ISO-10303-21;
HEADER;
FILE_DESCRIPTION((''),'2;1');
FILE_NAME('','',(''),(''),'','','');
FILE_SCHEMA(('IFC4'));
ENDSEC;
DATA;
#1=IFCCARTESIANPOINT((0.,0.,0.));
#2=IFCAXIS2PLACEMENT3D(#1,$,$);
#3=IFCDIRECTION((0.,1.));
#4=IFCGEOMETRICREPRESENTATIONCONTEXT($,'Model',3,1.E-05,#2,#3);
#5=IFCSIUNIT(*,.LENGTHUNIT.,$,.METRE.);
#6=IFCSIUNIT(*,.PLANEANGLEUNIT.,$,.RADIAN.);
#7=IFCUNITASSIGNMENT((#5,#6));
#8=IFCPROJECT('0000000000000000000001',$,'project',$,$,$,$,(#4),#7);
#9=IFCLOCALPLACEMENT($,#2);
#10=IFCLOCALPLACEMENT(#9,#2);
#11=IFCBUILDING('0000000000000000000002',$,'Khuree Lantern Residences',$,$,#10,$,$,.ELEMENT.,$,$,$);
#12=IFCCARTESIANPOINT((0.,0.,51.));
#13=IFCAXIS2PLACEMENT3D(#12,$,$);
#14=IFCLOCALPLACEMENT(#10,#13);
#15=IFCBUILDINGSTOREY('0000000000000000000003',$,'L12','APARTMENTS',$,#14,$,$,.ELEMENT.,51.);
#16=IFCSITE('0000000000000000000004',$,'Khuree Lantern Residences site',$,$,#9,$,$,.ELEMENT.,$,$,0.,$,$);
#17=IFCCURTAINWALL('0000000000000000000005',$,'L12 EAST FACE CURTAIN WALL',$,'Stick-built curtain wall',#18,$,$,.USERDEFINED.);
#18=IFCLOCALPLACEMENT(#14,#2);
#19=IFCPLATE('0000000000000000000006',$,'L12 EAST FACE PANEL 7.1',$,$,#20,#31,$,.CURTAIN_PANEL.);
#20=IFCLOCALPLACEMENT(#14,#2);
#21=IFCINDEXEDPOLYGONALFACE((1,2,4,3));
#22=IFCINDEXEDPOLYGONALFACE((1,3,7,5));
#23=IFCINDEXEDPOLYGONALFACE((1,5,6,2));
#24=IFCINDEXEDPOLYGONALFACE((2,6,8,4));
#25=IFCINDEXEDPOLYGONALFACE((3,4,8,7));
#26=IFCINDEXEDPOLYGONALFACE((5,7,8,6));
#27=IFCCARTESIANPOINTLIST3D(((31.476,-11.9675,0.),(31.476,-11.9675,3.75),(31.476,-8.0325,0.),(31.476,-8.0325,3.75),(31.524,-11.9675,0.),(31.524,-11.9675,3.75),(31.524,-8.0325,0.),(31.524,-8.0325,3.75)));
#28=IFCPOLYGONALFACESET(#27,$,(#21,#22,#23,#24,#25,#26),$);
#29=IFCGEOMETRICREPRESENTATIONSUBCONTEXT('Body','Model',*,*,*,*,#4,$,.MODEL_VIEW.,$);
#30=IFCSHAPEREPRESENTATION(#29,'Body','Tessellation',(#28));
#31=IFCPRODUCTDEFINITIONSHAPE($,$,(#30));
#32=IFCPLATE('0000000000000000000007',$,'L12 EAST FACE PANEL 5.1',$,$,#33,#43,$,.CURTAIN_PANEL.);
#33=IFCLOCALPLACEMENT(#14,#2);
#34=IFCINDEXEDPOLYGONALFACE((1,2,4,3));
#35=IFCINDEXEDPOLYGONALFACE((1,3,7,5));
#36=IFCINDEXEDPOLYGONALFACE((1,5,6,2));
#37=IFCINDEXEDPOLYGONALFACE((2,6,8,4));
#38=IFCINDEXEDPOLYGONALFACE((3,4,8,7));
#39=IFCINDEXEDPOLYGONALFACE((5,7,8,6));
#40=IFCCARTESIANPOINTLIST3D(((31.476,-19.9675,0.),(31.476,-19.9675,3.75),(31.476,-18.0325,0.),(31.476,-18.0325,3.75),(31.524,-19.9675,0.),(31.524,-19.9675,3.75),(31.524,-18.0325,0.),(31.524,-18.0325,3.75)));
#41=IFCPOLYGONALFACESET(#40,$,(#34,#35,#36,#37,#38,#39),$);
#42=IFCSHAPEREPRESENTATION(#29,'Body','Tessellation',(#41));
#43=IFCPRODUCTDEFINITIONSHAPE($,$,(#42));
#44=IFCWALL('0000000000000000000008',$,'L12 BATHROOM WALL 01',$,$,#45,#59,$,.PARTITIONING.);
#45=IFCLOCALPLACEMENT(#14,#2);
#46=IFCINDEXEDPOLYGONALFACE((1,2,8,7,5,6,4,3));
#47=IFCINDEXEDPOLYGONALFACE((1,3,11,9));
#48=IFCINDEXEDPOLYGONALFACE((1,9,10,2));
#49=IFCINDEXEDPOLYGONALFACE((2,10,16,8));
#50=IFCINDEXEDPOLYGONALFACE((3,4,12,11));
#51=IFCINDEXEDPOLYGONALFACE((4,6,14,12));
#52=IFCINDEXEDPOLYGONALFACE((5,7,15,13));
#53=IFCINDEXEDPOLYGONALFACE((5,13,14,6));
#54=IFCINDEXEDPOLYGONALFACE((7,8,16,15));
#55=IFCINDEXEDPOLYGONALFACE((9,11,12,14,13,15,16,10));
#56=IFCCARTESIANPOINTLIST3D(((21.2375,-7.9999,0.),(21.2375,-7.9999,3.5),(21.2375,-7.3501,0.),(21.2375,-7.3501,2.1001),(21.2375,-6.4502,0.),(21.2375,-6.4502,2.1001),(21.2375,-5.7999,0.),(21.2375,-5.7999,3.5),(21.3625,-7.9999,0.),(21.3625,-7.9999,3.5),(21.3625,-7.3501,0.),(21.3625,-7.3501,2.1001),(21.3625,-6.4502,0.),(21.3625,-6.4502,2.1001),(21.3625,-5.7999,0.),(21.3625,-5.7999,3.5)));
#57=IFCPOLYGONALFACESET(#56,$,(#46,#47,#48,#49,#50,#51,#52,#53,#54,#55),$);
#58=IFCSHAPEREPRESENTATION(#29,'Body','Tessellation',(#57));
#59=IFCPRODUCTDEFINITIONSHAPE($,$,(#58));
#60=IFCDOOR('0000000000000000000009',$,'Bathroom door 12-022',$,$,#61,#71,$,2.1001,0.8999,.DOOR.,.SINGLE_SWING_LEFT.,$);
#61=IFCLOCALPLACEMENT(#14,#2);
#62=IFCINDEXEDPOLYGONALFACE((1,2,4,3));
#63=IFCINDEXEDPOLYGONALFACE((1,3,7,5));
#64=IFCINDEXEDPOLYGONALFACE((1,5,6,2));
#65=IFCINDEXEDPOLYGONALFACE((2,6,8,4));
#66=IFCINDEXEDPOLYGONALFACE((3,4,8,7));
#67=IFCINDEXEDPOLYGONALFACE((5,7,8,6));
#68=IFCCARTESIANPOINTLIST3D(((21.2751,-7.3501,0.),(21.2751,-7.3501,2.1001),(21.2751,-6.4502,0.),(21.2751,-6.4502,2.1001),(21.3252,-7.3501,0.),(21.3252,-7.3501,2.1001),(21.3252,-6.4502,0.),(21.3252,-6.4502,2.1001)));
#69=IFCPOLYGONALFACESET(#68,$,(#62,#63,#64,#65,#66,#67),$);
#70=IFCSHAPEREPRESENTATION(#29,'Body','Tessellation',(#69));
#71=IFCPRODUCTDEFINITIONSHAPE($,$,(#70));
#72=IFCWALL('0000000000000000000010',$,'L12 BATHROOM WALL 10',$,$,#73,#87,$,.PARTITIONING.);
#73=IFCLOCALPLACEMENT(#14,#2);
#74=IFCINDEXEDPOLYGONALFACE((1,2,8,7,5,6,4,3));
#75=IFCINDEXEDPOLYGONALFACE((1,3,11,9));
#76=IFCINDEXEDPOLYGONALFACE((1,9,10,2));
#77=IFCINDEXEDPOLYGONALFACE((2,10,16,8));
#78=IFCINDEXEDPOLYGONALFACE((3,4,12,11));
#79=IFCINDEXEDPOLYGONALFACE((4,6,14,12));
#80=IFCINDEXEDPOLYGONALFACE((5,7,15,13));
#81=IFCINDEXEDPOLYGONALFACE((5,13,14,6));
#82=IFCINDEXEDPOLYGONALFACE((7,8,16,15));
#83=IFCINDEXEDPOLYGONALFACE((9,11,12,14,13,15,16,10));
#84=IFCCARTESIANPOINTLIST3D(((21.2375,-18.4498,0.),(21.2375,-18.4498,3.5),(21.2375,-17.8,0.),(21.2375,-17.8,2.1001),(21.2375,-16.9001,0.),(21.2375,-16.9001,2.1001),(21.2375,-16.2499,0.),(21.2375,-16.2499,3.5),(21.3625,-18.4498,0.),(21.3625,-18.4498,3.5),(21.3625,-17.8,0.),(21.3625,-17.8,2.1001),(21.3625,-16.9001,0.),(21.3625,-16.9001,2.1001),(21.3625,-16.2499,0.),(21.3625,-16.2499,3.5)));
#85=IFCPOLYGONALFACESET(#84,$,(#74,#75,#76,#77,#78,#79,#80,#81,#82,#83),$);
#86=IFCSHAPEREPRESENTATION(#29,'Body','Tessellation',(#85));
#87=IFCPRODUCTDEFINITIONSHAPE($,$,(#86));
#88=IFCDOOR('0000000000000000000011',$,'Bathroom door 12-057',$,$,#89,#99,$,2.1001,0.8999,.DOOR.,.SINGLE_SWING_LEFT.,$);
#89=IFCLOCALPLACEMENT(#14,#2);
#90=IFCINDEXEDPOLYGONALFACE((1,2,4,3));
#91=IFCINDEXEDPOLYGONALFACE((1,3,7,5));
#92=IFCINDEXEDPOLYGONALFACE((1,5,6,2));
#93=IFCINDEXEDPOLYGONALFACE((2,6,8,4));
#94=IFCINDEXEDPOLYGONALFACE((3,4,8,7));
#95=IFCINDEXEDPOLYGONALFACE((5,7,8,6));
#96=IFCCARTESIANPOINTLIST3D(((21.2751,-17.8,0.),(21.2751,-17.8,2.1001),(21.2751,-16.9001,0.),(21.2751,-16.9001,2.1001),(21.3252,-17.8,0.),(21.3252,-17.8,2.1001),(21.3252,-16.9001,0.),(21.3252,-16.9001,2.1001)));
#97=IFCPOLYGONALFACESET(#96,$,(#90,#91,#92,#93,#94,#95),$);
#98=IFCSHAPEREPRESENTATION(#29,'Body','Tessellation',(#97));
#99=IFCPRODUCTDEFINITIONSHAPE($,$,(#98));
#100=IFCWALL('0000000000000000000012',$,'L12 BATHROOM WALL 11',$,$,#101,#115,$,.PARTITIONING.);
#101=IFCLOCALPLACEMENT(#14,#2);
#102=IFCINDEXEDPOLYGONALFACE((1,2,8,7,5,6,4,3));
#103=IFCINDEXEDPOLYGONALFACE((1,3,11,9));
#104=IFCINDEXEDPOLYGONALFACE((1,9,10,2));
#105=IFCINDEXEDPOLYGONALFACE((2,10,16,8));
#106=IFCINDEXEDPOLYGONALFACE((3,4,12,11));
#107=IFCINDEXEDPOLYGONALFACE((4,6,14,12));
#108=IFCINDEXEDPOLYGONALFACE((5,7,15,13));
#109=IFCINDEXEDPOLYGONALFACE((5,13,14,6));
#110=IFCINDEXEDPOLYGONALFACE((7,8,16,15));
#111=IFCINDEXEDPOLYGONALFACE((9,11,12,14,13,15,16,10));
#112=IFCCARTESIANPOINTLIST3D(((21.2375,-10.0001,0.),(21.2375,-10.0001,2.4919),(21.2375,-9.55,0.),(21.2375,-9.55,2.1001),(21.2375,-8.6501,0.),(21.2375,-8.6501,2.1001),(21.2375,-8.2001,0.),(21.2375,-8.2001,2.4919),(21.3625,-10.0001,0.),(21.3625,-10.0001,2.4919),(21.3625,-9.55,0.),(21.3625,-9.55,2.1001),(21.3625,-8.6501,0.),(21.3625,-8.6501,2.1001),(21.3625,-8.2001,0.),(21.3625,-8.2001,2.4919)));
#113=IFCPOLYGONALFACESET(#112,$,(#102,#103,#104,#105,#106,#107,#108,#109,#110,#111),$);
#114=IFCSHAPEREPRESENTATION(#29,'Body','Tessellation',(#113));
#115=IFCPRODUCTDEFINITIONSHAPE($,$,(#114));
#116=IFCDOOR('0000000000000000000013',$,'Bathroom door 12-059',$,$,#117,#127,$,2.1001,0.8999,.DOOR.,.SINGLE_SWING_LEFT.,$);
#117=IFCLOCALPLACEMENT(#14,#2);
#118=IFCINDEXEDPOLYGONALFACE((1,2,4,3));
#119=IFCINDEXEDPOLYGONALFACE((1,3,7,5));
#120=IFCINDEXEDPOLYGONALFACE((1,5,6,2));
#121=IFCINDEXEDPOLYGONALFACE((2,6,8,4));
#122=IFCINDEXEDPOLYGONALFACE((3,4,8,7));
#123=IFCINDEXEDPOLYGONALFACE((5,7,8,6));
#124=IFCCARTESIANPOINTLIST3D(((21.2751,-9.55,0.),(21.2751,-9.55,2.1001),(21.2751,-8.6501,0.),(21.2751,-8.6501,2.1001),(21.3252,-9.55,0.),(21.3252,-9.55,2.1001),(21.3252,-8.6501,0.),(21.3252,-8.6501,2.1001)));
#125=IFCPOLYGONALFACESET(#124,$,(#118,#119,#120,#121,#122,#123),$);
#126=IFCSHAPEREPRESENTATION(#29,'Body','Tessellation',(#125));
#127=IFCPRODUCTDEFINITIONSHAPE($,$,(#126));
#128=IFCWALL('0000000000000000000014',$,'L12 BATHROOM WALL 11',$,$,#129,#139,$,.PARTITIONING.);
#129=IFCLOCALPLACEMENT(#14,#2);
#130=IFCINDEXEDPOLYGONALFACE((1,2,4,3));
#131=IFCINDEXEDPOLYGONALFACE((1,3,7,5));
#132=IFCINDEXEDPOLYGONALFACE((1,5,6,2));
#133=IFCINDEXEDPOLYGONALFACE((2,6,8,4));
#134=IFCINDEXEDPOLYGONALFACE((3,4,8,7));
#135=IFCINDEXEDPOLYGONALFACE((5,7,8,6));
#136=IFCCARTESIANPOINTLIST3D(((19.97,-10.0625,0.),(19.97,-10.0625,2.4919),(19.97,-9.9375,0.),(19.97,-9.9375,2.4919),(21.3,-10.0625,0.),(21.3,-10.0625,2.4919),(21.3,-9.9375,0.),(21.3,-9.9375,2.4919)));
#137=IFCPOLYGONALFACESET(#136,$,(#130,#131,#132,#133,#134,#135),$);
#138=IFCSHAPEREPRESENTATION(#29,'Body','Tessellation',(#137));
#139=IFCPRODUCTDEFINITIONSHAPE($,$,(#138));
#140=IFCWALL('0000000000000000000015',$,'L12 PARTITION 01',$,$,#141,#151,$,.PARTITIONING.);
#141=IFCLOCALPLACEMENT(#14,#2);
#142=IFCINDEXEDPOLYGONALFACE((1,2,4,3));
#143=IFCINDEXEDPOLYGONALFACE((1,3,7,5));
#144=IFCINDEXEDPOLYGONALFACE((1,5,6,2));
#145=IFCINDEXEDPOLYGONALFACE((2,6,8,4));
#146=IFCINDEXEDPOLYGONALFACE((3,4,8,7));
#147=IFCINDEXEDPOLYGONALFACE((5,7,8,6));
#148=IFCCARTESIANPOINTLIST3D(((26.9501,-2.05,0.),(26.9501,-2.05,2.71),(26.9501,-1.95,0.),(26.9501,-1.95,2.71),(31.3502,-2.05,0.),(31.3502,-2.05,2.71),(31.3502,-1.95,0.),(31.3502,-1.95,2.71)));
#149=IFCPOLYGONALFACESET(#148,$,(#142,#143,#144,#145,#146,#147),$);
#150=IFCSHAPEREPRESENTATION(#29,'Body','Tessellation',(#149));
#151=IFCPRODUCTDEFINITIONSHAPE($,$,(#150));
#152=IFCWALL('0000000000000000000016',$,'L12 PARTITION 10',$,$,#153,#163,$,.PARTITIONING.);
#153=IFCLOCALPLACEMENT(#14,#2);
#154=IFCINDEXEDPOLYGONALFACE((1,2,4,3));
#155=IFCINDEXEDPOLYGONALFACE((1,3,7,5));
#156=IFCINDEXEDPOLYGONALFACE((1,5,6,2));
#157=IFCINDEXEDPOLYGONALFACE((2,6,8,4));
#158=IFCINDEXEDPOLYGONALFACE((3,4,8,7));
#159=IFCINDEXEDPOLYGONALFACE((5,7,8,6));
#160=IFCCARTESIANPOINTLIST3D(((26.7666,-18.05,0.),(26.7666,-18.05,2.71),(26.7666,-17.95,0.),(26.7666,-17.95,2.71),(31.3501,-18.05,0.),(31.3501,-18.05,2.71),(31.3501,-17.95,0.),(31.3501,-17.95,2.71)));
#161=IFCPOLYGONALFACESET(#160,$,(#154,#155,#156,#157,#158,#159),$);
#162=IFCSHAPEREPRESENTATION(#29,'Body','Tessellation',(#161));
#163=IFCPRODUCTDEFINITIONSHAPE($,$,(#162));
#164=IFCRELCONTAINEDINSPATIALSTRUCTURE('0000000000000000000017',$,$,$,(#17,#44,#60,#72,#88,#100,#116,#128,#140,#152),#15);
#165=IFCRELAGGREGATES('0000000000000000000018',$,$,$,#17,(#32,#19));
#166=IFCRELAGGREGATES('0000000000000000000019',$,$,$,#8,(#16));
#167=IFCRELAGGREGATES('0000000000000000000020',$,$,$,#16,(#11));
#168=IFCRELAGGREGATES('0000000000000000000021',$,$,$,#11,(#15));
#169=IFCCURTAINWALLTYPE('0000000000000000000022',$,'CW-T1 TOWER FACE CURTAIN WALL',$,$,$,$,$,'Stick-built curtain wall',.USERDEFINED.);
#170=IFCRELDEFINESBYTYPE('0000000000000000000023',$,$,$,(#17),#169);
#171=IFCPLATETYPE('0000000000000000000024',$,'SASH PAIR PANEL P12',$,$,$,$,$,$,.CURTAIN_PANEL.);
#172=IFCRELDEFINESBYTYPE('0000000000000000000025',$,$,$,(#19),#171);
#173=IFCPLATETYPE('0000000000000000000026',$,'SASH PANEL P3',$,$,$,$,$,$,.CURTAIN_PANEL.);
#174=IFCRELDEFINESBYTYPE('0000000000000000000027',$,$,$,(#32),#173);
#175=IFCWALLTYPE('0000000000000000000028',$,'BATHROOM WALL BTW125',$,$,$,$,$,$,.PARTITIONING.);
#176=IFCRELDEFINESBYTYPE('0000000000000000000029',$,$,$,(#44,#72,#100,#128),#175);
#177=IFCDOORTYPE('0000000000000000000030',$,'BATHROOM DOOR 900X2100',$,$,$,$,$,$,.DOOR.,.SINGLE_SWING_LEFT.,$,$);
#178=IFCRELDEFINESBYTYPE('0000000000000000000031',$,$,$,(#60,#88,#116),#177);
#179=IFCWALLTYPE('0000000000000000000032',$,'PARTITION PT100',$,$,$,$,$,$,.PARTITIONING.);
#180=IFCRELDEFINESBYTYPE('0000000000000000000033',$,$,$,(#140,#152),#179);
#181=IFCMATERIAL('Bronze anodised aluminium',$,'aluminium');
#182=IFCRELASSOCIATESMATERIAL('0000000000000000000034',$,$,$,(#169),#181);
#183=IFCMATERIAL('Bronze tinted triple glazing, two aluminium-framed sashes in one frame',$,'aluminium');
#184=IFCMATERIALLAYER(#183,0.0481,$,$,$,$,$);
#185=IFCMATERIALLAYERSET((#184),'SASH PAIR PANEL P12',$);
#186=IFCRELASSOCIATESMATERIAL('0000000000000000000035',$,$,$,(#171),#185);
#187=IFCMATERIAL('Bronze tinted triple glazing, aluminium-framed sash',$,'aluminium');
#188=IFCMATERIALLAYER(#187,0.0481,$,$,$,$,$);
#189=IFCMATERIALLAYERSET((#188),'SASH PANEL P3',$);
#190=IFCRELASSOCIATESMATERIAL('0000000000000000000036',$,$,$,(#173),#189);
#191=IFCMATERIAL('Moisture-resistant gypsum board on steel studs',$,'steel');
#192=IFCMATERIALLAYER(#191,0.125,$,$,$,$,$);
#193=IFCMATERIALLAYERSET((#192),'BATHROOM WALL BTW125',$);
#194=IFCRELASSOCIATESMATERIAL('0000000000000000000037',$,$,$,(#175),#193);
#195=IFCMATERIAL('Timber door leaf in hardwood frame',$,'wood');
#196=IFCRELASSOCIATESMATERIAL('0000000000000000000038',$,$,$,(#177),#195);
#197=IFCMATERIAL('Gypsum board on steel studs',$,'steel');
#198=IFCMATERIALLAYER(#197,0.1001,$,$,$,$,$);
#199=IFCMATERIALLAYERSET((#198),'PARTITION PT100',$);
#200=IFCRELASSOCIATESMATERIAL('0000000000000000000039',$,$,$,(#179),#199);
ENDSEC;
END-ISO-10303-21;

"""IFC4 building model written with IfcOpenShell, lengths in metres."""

from ifc_helpers import new_model, si_unit, direction, frame, frame_2d, origin, origin_2d, place, context, subcontext, project, spatial, rectangle, extrude, material, layer, layer_set, type_object, element, fill, aggregate, save


model = new_model("IFC4")

# Units and contexts
model_context = context("Model", 3, precision=1e-05, world=origin(), true_north=direction((0.0, 1.0)))
body_context = subcontext(model_context, "Body", "Model", "MODEL_VIEW")
ifc_project = project(units=[si_unit("LENGTHUNIT", "METRE"), si_unit("PLANEANGLEUNIT", "RADIAN")], contexts=[model_context])

# Site, building, storey
site_placement = place(None, origin())
site = spatial("IfcSite", under=ifc_project, at=site_placement, Name="Khuree Lantern Residences site", CompositionType="ELEMENT", RefElevation=0.0)
building_placement = place(site_placement, origin())
building = spatial("IfcBuilding", under=site, at=building_placement, Name="Khuree Lantern Residences", CompositionType="ELEMENT")
storey_placement = place(building_placement, frame((0.0, 0.0, 51.0)))
storey = spatial("IfcBuildingStorey", under=building, at=storey_placement, Name="L12", Description="APARTMENTS", CompositionType="ELEMENT", Elevation=51.0)

# Curtain wall
ifc_material_1 = material(Name="Bronze anodised aluminium", Category="aluminium")
curtain_wall_type = type_object("IfcCurtainWallType", Name="CW-T1 TOWER FACE CURTAIN WALL", ElementType="Stick-built curtain wall", PredefinedType="USERDEFINED", material=ifc_material_1)
curtain_wall_placement = place(storey_placement, origin())
curtain_wall = element("IfcCurtainWall", 1, at=curtain_wall_placement, inside=storey, type_object=curtain_wall_type, Name="L12 EAST FACE CURTAIN WALL", ObjectType="Stick-built curtain wall", PredefinedType="USERDEFINED")

# Plates
ifc_material_2 = material(Name="Bronze tinted triple glazing, two aluminium-framed sashes in one frame", Category="aluminium")
ifc_layer_1 = layer(ifc_material_2, 0.0481)
ifc_layer_set_1 = layer_set([ifc_layer_1], Name="SASH PAIR PANEL P12")
plate_type_1 = type_object("IfcPlateType", Name="SASH PAIR PANEL P12", PredefinedType="CURTAIN_PANEL", material=ifc_layer_set_1)
plate_1_placement = place(storey_placement, frame((31.5, -10.0, 0.0), z_axis=(0.0, 0.0, 1.0), x_axis=(0.0, 1.0, 0.0)))
plate_1 = element("IfcPlate", 2, at=plate_1_placement, type_object=plate_type_1, Name="L12 EAST FACE PANEL 7.1", PredefinedType="CURTAIN_PANEL", context=body_context, shape_type="SweptSolid", body=[
    extrude(rectangle(XDim=3.9351, YDim=0.0481, at=origin_2d()), origin(), (0.0, 0.0, 1.0), 3.75),
])
ifc_material_3 = material(Name="Bronze tinted triple glazing, aluminium-framed sash", Category="aluminium")
ifc_layer_2 = layer(ifc_material_3, 0.0481)
ifc_layer_set_2 = layer_set([ifc_layer_2], Name="SASH PANEL P3")
plate_type_2 = type_object("IfcPlateType", Name="SASH PANEL P3", PredefinedType="CURTAIN_PANEL", material=ifc_layer_set_2)
plate_2_placement = place(storey_placement, frame((31.5, -19.0, 0.0), z_axis=(0.0, 0.0, 1.0), x_axis=(0.0, 1.0, 0.0)))
plate_2 = element("IfcPlate", 3, at=plate_2_placement, type_object=plate_type_2, Name="L12 EAST FACE PANEL 5.1", PredefinedType="CURTAIN_PANEL", context=body_context, shape_type="SweptSolid", body=[
    extrude(rectangle(XDim=1.9351, YDim=0.0481, at=origin_2d()), origin(), (0.0, 0.0, 1.0), 3.75),
])
aggregate(curtain_wall, [plate_2, plate_1])

# Walls, openings, doors
ifc_material_4 = material(Name="Moisture-resistant gypsum board on steel studs", Category="steel")
ifc_layer_3 = layer(ifc_material_4, 0.125)
ifc_layer_set_3 = layer_set([ifc_layer_3], Name="BATHROOM WALL BTW125")
wall_type_1 = type_object("IfcWallType", Name="BATHROOM WALL BTW125", PredefinedType="PARTITIONING", material=ifc_layer_set_3)
wall_1_placement = place(storey_placement, frame((21.3, -8.0, 0.0), z_axis=(0.0, 0.0, 1.0), x_axis=(0.0, 1.0, 0.0)))
wall_1 = element("IfcWall", 4, at=wall_1_placement, inside=storey, type_object=wall_type_1, Name="L12 BATHROOM WALL 01", PredefinedType="PARTITIONING", context=body_context, shape_type="SweptSolid", body=[
    extrude(rectangle(XDim=2.2, YDim=0.125, at=frame_2d((1.1001, 0.0))), origin(), (0.0, 0.0, 1.0), 3.5),
])
opening_1_placement = place(wall_1_placement, frame((0.6499, 0.0, 0.0)))
opening_1 = element("IfcOpeningElement", 5, at=opening_1_placement, cuts=wall_1, PredefinedType="OPENING", context=body_context, shape_type="SweptSolid", body=[
    extrude(rectangle(XDim=0.8999, YDim=2.1001, at=frame_2d((0.45, 1.05))), frame((0.0, 0.0725, 0.0), z_axis=(0.0, -1.0, 0.0), x_axis=(1.0, 0.0, 0.0)), (0.0, 0.0, 1.0), 0.145),
])
ifc_material_5 = material(Name="Timber door leaf in hardwood frame", Category="wood")
door_type_1 = type_object("IfcDoorType", Name="BATHROOM DOOR 900X2100", OperationType="SINGLE_SWING_LEFT", PredefinedType="DOOR", material=ifc_material_5)
door_1_placement = place(opening_1_placement, origin())
door_1 = element("IfcDoor", 6, at=door_1_placement, inside=storey, type_object=door_type_1, Name="Bathroom door 12-022", OperationType="SINGLE_SWING_LEFT", OverallHeight=2.1001, OverallWidth=0.8999, PredefinedType="DOOR", context=body_context, shape_type="SweptSolid", body=[
    extrude(rectangle(XDim=0.8999, YDim=2.1001, at=frame_2d((0.45, 1.05))), frame((0.0, 0.0249, 0.0), z_axis=(0.0, -1.0, 0.0), x_axis=(1.0, 0.0, 0.0)), (0.0, 0.0, 1.0), 0.05),
])
fill(opening_1, door_1)
wall_2_placement = place(storey_placement, frame((21.3, -18.45, 0.0), z_axis=(0.0, 0.0, 1.0), x_axis=(0.0, 1.0, 0.0)))
wall_2 = element("IfcWall", 7, at=wall_2_placement, inside=storey, type_object=wall_type_1, Name="L12 BATHROOM WALL 10", PredefinedType="PARTITIONING", context=body_context, shape_type="SweptSolid", body=[
    extrude(rectangle(XDim=2.2, YDim=0.125, at=frame_2d((1.1001, 0.0))), origin(), (0.0, 0.0, 1.0), 3.5),
])
opening_2_placement = place(wall_2_placement, frame((0.6499, 0.0, 0.0)))
opening_2 = element("IfcOpeningElement", 8, at=opening_2_placement, cuts=wall_2, PredefinedType="OPENING", context=body_context, shape_type="SweptSolid", body=[
    extrude(rectangle(XDim=0.8999, YDim=2.1001, at=frame_2d((0.45, 1.05))), frame((0.0, 0.0725, 0.0), z_axis=(0.0, -1.0, 0.0), x_axis=(1.0, 0.0, 0.0)), (0.0, 0.0, 1.0), 0.145),
])
door_2_placement = place(opening_2_placement, origin())
door_2 = element("IfcDoor", 9, at=door_2_placement, inside=storey, type_object=door_type_1, Name="Bathroom door 12-057", OperationType="SINGLE_SWING_LEFT", OverallHeight=2.1001, OverallWidth=0.8999, PredefinedType="DOOR", context=body_context, shape_type="SweptSolid", body=[
    extrude(rectangle(XDim=0.8999, YDim=2.1001, at=frame_2d((0.45, 1.05))), frame((0.0, 0.0249, 0.0), z_axis=(0.0, -1.0, 0.0), x_axis=(1.0, 0.0, 0.0)), (0.0, 0.0, 1.0), 0.05),
])
fill(opening_2, door_2)
wall_3_placement = place(storey_placement, frame((21.3, -10.0, 0.0), z_axis=(0.0, 0.0, 1.0), x_axis=(0.0, 1.0, 0.0)))
wall_3 = element("IfcWall", 10, at=wall_3_placement, inside=storey, type_object=wall_type_1, Name="L12 BATHROOM WALL 11", PredefinedType="PARTITIONING", context=body_context, shape_type="SweptSolid", body=[
    extrude(rectangle(XDim=1.8, YDim=0.125, at=frame_2d((0.8999, 0.0))), origin(), (0.0, 0.0, 1.0), 2.4919),
])
opening_3_placement = place(wall_3_placement, frame((0.45, 0.0, 0.0)))
opening_3 = element("IfcOpeningElement", 11, at=opening_3_placement, cuts=wall_3, PredefinedType="OPENING", context=body_context, shape_type="SweptSolid", body=[
    extrude(rectangle(XDim=0.8999, YDim=2.1001, at=frame_2d((0.45, 1.05))), frame((0.0, 0.0725, 0.0), z_axis=(0.0, -1.0, 0.0), x_axis=(1.0, 0.0, 0.0)), (0.0, 0.0, 1.0), 0.145),
])
door_3_placement = place(opening_3_placement, origin())
door_3 = element("IfcDoor", 12, at=door_3_placement, inside=storey, type_object=door_type_1, Name="Bathroom door 12-059", OperationType="SINGLE_SWING_LEFT", OverallHeight=2.1001, OverallWidth=0.8999, PredefinedType="DOOR", context=body_context, shape_type="SweptSolid", body=[
    extrude(rectangle(XDim=0.8999, YDim=2.1001, at=frame_2d((0.45, 1.05))), frame((0.0, 0.0249, 0.0), z_axis=(0.0, -1.0, 0.0), x_axis=(1.0, 0.0, 0.0)), (0.0, 0.0, 1.0), 0.05),
])
fill(opening_3, door_3)

# Walls
wall_4_placement = place(storey_placement, frame((19.97, -10.0, 0.0), z_axis=(0.0, 0.0, 1.0), x_axis=(1.0, 0.0, 0.0)))
element("IfcWall", 13, at=wall_4_placement, inside=storey, type_object=wall_type_1, Name="L12 BATHROOM WALL 11", PredefinedType="PARTITIONING", context=body_context, shape_type="SweptSolid", body=[
    extrude(rectangle(XDim=1.3301, YDim=0.125, at=frame_2d((0.665, 0.0))), origin(), (0.0, 0.0, 1.0), 2.4919),
])
ifc_material_6 = material(Name="Gypsum board on steel studs", Category="steel")
ifc_layer_4 = layer(ifc_material_6, 0.1001)
ifc_layer_set_4 = layer_set([ifc_layer_4], Name="PARTITION PT100")
wall_type_2 = type_object("IfcWallType", Name="PARTITION PT100", PredefinedType="PARTITIONING", material=ifc_layer_set_4)
wall_5_placement = place(storey_placement, frame((26.95, -2.0, 0.0), z_axis=(0.0, 0.0, 1.0), x_axis=(1.0, 0.0, 0.0)))
element("IfcWall", 14, at=wall_5_placement, inside=storey, type_object=wall_type_2, Name="L12 PARTITION 01", PredefinedType="PARTITIONING", context=body_context, shape_type="SweptSolid", body=[
    extrude(rectangle(XDim=4.4001, YDim=0.1001, at=frame_2d((2.2002, 0.0))), origin(), (0.0, 0.0, 1.0), 2.71),
])
wall_6_placement = place(storey_placement, frame((26.7666, -18.0, 0.0), z_axis=(0.0, 0.0, 1.0), x_axis=(1.0, 0.0, 0.0)))
element("IfcWall", 15, at=wall_6_placement, inside=storey, type_object=wall_type_2, Name="L12 PARTITION 10", PredefinedType="PARTITIONING", context=body_context, shape_type="SweptSolid", body=[
    extrude(rectangle(XDim=4.5835, YDim=0.1001, at=frame_2d((2.2917, 0.0))), origin(), (0.0, 0.0, 1.0), 2.71),
])

save(model, "model.ifc")
